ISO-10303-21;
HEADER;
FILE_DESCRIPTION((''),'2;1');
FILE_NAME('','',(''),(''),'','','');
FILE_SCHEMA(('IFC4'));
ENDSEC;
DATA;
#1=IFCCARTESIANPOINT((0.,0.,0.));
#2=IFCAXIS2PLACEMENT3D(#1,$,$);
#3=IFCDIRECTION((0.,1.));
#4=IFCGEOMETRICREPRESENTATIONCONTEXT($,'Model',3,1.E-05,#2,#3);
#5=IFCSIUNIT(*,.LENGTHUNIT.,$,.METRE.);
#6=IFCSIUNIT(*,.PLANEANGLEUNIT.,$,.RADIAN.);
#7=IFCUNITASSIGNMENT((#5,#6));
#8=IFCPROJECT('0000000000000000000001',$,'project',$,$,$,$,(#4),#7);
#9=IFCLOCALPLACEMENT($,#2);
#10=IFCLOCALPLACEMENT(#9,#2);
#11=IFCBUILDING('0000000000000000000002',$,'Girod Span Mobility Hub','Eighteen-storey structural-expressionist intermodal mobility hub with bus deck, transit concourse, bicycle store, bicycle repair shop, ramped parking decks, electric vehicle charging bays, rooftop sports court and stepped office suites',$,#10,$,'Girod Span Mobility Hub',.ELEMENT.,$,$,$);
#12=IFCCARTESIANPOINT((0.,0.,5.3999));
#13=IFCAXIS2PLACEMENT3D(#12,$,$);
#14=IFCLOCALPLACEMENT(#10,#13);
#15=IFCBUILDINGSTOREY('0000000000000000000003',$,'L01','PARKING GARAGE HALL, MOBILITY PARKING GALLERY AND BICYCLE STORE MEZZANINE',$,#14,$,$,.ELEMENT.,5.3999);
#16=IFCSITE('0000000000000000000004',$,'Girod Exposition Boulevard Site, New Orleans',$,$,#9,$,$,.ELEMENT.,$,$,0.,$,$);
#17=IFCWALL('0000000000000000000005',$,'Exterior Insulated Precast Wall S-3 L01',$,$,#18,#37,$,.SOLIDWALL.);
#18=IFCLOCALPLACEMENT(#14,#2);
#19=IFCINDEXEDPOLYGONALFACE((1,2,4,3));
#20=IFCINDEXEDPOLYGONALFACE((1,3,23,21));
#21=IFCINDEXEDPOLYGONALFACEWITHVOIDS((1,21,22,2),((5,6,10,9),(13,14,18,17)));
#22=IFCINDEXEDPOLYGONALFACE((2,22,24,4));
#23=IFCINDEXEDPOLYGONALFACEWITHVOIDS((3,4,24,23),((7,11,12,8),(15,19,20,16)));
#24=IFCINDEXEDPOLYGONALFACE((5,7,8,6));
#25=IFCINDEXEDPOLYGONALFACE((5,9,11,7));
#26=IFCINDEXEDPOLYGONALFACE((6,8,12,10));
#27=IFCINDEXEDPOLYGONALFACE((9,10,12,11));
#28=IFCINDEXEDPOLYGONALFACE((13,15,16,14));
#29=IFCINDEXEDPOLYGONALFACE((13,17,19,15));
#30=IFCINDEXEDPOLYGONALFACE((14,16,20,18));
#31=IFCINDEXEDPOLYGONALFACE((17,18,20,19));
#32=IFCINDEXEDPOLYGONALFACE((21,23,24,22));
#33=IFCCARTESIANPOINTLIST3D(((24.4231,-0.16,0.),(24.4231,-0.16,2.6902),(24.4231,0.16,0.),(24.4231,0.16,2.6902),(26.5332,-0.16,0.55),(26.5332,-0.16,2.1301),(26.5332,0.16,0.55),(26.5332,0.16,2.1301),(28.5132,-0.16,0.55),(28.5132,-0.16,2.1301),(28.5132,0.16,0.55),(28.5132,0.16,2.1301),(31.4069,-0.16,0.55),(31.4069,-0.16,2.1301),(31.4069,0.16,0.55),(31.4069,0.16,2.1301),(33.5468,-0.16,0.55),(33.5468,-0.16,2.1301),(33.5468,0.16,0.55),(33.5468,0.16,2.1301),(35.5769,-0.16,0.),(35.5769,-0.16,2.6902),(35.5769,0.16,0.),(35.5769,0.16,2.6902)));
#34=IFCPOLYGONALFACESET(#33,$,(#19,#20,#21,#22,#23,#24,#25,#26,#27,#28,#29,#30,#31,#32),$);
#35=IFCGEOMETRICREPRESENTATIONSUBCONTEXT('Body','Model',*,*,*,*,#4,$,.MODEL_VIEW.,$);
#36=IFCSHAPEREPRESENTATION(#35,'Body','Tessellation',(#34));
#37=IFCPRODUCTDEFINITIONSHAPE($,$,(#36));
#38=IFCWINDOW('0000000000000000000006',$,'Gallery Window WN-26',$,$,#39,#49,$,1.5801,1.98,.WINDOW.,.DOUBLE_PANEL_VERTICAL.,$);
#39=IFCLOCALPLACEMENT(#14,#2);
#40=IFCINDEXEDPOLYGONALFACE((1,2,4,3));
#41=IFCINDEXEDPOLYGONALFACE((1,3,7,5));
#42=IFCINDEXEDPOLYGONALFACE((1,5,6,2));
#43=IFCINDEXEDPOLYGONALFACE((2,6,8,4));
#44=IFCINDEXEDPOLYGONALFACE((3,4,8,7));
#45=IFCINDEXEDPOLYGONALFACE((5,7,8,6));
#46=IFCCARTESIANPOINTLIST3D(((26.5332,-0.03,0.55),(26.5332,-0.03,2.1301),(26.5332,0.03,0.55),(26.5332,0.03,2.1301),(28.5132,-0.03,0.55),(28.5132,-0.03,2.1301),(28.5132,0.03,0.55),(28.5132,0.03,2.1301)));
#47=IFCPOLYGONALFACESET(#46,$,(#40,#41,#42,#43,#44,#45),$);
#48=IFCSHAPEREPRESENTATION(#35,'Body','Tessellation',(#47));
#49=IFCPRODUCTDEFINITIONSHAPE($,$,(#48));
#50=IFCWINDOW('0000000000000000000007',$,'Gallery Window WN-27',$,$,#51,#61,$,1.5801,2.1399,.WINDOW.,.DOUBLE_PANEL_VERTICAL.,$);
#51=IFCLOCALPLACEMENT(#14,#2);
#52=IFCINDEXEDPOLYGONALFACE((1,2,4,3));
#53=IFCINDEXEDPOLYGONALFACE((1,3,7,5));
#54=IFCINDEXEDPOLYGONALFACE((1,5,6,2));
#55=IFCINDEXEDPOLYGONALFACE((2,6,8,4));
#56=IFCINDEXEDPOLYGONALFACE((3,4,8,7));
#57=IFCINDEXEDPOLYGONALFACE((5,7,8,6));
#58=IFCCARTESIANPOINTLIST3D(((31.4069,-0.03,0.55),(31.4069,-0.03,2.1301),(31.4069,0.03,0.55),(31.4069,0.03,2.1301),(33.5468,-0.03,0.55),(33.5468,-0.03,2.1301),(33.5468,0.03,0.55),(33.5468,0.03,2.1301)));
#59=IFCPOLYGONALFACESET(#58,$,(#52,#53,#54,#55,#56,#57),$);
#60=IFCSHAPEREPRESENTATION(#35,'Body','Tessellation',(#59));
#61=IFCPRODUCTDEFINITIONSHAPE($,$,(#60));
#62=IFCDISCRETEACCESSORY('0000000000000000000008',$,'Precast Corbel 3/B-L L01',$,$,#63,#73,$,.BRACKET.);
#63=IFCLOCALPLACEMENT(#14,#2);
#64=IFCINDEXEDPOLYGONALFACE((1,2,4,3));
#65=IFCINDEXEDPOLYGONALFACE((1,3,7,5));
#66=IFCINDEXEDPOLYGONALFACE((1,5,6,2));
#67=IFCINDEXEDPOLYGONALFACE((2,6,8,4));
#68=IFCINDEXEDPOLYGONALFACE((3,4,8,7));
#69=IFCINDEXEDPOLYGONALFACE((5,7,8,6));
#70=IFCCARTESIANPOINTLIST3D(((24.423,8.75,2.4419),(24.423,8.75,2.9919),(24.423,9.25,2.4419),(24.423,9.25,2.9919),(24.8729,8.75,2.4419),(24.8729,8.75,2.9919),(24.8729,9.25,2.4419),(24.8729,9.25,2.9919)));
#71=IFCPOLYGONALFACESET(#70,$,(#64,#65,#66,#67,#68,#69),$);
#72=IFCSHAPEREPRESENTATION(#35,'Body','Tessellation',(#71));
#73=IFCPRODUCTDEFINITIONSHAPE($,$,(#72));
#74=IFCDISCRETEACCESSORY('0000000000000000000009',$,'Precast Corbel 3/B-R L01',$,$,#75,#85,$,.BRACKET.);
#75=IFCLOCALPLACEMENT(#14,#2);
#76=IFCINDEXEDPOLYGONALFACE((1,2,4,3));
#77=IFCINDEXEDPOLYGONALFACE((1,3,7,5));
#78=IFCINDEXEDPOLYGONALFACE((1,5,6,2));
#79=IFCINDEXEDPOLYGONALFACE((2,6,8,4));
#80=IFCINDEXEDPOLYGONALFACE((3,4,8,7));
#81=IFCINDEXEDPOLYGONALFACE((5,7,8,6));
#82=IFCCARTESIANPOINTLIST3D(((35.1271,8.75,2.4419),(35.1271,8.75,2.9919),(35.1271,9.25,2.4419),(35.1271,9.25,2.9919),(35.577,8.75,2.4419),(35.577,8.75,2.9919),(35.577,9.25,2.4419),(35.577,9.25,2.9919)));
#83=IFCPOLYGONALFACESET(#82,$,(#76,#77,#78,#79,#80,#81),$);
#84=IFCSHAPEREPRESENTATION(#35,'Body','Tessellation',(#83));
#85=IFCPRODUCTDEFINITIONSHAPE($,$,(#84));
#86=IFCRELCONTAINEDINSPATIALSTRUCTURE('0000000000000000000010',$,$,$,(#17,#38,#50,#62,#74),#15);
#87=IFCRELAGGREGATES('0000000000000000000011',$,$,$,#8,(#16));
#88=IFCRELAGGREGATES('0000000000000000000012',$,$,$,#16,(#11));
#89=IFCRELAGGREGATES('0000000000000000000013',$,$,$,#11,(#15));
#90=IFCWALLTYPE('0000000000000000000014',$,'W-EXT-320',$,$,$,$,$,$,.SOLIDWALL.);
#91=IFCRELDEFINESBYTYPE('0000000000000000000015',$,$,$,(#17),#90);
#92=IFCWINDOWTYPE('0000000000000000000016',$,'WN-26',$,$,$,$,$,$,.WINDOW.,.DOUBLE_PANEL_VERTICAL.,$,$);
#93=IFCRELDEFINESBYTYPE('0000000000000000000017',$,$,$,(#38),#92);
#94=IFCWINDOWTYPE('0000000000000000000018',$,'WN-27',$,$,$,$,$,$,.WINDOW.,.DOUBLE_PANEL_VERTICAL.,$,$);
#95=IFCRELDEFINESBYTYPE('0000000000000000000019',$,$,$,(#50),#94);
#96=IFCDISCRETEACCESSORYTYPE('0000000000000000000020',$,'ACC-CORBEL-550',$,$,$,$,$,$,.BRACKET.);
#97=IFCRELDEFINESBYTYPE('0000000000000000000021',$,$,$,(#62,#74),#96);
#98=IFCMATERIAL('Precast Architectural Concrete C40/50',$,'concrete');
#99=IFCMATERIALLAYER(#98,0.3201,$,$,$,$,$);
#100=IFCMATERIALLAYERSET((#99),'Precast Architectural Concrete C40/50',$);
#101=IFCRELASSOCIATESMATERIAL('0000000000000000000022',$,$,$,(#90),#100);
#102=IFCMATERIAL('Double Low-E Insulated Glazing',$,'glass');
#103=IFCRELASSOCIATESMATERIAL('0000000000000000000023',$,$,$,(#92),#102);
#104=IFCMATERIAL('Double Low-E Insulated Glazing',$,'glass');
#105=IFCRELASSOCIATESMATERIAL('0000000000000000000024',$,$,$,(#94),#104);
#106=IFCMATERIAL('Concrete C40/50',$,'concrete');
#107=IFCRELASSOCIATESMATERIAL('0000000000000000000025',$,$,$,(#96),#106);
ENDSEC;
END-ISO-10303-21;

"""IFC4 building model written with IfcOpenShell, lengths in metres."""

from ifc_helpers import new_model, si_unit, direction, frame, frame_2d, origin, origin_2d, place, context, subcontext, project, spatial, rectangle, extrude, material, layer, layer_set, type_object, element, fill, save


model = new_model("IFC4")

# Units and contexts
model_context = context("Model", 3, precision=1e-05, world=origin(), true_north=direction((0.0, 1.0)))
body_context = subcontext(model_context, "Body", "Model", "MODEL_VIEW")
ifc_project = project(units=[si_unit("LENGTHUNIT", "METRE"), si_unit("PLANEANGLEUNIT", "RADIAN")], contexts=[model_context])

# Site, building, storey
site_placement = place(None, origin())
site = spatial("IfcSite", under=ifc_project, at=site_placement, Name="Girod Exposition Boulevard Site, New Orleans", CompositionType="ELEMENT", RefElevation=0.0)
building_placement = place(site_placement, origin())
building = spatial("IfcBuilding", under=site, at=building_placement, Name="Girod Span Mobility Hub", Description="Eighteen-storey structural-expressionist intermodal mobility hub with bus deck, transit concourse, bicycle store, bicycle repair shop, ramped parking decks, electric vehicle charging bays, rooftop sports court and stepped office suites", LongName="Girod Span Mobility Hub", CompositionType="ELEMENT")
storey_placement = place(building_placement, frame((0.0, 0.0, 5.3999)))
storey = spatial("IfcBuildingStorey", under=building, at=storey_placement, Name="L01", Description="PARKING GARAGE HALL, MOBILITY PARKING GALLERY AND BICYCLE STORE MEZZANINE", CompositionType="ELEMENT", Elevation=5.3999)

# Wall, openings, windows
ifc_material_1 = material(Name="Precast Architectural Concrete C40/50", Category="concrete")
ifc_layer_1 = layer(ifc_material_1, 0.3201)
ifc_layer_set_1 = layer_set([ifc_layer_1], Name="Precast Architectural Concrete C40/50")
wall_type_1 = type_object("IfcWallType", Name="W-EXT-320", PredefinedType="SOLIDWALL", material=ifc_layer_set_1)
wall_1_placement = place(storey_placement, frame((24.4231, 0.0, 0.0), z_axis=(0.0, 0.0, 1.0), x_axis=(1.0, 0.0, 0.0)))
wall_1 = element("IfcWall", 1, at=wall_1_placement, inside=storey, type_object=wall_type_1, Name="Exterior Insulated Precast Wall S-3 L01", PredefinedType="SOLIDWALL", context=body_context, shape_type="SweptSolid", body=[
    extrude(rectangle(XDim=11.1538, YDim=0.3201, at=frame_2d((5.5769, 0.0))), origin(), (0.0, 0.0, 1.0), 2.6902),
])
opening_1_placement = place(wall_1_placement, frame((2.1101, 0.0, 0.55)))
opening_1 = element("IfcOpeningElement", 2, at=opening_1_placement, cuts=wall_1, PredefinedType="OPENING", context=body_context, shape_type="SweptSolid", body=[
    extrude(rectangle(XDim=1.98, YDim=1.5801, at=frame_2d((0.99, 0.79))), frame((0.0, 0.175, 0.0), z_axis=(0.0, -1.0, 0.0), x_axis=(1.0, 0.0, 0.0)), (0.0, 0.0, 1.0), 0.3501),
])
opening_2_placement = place(wall_1_placement, frame((6.9839, 0.0, 0.55)))
opening_2 = element("IfcOpeningElement", 3, at=opening_2_placement, cuts=wall_1, PredefinedType="OPENING", context=body_context, shape_type="SweptSolid", body=[
    extrude(rectangle(XDim=2.1399, YDim=1.5801, at=frame_2d((1.0698, 0.79))), frame((0.0, 0.175, 0.0), z_axis=(0.0, -1.0, 0.0), x_axis=(1.0, 0.0, 0.0)), (0.0, 0.0, 1.0), 0.3501),
])
ifc_material_2 = material(Name="Double Low-E Insulated Glazing", Category="glass")
window_type_1 = type_object("IfcWindowType", Name="WN-26", PartitioningType="DOUBLE_PANEL_VERTICAL", PredefinedType="WINDOW", material=ifc_material_2)
window_1_placement = place(opening_1_placement, origin())
window_1 = element("IfcWindow", 4, at=window_1_placement, inside=storey, type_object=window_type_1, Name="Gallery Window WN-26", OverallHeight=1.5801, OverallWidth=1.98, PartitioningType="DOUBLE_PANEL_VERTICAL", PredefinedType="WINDOW", context=body_context, shape_type="SweptSolid", body=[
    extrude(rectangle(XDim=1.98, YDim=1.5801, at=frame_2d((0.99, 0.79))), frame((0.0, 0.03, 0.0), z_axis=(0.0, -1.0, 0.0), x_axis=(1.0, 0.0, 0.0)), (0.0, 0.0, 1.0), 0.0601),
])
fill(opening_1, window_1)
ifc_material_3 = material(Name="Double Low-E Insulated Glazing", Category="glass")
window_type_2 = type_object("IfcWindowType", Name="WN-27", PartitioningType="DOUBLE_PANEL_VERTICAL", PredefinedType="WINDOW", material=ifc_material_3)
window_2_placement = place(opening_2_placement, origin())
window_2 = element("IfcWindow", 5, at=window_2_placement, inside=storey, type_object=window_type_2, Name="Gallery Window WN-27", OverallHeight=1.5801, OverallWidth=2.1399, PartitioningType="DOUBLE_PANEL_VERTICAL", PredefinedType="WINDOW", context=body_context, shape_type="SweptSolid", body=[
    extrude(rectangle(XDim=2.1399, YDim=1.5801, at=frame_2d((1.0698, 0.79))), frame((0.0, 0.03, 0.0), z_axis=(0.0, -1.0, 0.0), x_axis=(1.0, 0.0, 0.0)), (0.0, 0.0, 1.0), 0.0601),
])
fill(opening_2, window_2)

# Discrete accessories
ifc_material_4 = material(Name="Concrete C40/50", Category="concrete")
discrete_accessory_type = type_object("IfcDiscreteAccessoryType", Name="ACC-CORBEL-550", PredefinedType="BRACKET", material=ifc_material_4)
for number, where, z_axis, x_axis, name in (
    (6, (24.6479, 9.0, 2.4419), (0.0, 0.0, 1.0), (1.0, 0.0, 0.0), "Precast Corbel 3/B-L L01"),
    (7, (35.3521, 9.0, 2.4419), (0.0, 0.0, 1.0), (1.0, 0.0, 0.0), "Precast Corbel 3/B-R L01"),
):
    element("IfcDiscreteAccessory", number, at=place(storey_placement, frame(where, z_axis=z_axis, x_axis=x_axis)), inside=storey, type_object=discrete_accessory_type, Name=name, PredefinedType="BRACKET", context=body_context, shape_type="SweptSolid", body=[
        extrude(rectangle(XDim=0.45, YDim=0.5, at=origin_2d()), origin(), (0.0, 0.0, 1.0), 0.55),
    ])

save(model, "model.ifc")
